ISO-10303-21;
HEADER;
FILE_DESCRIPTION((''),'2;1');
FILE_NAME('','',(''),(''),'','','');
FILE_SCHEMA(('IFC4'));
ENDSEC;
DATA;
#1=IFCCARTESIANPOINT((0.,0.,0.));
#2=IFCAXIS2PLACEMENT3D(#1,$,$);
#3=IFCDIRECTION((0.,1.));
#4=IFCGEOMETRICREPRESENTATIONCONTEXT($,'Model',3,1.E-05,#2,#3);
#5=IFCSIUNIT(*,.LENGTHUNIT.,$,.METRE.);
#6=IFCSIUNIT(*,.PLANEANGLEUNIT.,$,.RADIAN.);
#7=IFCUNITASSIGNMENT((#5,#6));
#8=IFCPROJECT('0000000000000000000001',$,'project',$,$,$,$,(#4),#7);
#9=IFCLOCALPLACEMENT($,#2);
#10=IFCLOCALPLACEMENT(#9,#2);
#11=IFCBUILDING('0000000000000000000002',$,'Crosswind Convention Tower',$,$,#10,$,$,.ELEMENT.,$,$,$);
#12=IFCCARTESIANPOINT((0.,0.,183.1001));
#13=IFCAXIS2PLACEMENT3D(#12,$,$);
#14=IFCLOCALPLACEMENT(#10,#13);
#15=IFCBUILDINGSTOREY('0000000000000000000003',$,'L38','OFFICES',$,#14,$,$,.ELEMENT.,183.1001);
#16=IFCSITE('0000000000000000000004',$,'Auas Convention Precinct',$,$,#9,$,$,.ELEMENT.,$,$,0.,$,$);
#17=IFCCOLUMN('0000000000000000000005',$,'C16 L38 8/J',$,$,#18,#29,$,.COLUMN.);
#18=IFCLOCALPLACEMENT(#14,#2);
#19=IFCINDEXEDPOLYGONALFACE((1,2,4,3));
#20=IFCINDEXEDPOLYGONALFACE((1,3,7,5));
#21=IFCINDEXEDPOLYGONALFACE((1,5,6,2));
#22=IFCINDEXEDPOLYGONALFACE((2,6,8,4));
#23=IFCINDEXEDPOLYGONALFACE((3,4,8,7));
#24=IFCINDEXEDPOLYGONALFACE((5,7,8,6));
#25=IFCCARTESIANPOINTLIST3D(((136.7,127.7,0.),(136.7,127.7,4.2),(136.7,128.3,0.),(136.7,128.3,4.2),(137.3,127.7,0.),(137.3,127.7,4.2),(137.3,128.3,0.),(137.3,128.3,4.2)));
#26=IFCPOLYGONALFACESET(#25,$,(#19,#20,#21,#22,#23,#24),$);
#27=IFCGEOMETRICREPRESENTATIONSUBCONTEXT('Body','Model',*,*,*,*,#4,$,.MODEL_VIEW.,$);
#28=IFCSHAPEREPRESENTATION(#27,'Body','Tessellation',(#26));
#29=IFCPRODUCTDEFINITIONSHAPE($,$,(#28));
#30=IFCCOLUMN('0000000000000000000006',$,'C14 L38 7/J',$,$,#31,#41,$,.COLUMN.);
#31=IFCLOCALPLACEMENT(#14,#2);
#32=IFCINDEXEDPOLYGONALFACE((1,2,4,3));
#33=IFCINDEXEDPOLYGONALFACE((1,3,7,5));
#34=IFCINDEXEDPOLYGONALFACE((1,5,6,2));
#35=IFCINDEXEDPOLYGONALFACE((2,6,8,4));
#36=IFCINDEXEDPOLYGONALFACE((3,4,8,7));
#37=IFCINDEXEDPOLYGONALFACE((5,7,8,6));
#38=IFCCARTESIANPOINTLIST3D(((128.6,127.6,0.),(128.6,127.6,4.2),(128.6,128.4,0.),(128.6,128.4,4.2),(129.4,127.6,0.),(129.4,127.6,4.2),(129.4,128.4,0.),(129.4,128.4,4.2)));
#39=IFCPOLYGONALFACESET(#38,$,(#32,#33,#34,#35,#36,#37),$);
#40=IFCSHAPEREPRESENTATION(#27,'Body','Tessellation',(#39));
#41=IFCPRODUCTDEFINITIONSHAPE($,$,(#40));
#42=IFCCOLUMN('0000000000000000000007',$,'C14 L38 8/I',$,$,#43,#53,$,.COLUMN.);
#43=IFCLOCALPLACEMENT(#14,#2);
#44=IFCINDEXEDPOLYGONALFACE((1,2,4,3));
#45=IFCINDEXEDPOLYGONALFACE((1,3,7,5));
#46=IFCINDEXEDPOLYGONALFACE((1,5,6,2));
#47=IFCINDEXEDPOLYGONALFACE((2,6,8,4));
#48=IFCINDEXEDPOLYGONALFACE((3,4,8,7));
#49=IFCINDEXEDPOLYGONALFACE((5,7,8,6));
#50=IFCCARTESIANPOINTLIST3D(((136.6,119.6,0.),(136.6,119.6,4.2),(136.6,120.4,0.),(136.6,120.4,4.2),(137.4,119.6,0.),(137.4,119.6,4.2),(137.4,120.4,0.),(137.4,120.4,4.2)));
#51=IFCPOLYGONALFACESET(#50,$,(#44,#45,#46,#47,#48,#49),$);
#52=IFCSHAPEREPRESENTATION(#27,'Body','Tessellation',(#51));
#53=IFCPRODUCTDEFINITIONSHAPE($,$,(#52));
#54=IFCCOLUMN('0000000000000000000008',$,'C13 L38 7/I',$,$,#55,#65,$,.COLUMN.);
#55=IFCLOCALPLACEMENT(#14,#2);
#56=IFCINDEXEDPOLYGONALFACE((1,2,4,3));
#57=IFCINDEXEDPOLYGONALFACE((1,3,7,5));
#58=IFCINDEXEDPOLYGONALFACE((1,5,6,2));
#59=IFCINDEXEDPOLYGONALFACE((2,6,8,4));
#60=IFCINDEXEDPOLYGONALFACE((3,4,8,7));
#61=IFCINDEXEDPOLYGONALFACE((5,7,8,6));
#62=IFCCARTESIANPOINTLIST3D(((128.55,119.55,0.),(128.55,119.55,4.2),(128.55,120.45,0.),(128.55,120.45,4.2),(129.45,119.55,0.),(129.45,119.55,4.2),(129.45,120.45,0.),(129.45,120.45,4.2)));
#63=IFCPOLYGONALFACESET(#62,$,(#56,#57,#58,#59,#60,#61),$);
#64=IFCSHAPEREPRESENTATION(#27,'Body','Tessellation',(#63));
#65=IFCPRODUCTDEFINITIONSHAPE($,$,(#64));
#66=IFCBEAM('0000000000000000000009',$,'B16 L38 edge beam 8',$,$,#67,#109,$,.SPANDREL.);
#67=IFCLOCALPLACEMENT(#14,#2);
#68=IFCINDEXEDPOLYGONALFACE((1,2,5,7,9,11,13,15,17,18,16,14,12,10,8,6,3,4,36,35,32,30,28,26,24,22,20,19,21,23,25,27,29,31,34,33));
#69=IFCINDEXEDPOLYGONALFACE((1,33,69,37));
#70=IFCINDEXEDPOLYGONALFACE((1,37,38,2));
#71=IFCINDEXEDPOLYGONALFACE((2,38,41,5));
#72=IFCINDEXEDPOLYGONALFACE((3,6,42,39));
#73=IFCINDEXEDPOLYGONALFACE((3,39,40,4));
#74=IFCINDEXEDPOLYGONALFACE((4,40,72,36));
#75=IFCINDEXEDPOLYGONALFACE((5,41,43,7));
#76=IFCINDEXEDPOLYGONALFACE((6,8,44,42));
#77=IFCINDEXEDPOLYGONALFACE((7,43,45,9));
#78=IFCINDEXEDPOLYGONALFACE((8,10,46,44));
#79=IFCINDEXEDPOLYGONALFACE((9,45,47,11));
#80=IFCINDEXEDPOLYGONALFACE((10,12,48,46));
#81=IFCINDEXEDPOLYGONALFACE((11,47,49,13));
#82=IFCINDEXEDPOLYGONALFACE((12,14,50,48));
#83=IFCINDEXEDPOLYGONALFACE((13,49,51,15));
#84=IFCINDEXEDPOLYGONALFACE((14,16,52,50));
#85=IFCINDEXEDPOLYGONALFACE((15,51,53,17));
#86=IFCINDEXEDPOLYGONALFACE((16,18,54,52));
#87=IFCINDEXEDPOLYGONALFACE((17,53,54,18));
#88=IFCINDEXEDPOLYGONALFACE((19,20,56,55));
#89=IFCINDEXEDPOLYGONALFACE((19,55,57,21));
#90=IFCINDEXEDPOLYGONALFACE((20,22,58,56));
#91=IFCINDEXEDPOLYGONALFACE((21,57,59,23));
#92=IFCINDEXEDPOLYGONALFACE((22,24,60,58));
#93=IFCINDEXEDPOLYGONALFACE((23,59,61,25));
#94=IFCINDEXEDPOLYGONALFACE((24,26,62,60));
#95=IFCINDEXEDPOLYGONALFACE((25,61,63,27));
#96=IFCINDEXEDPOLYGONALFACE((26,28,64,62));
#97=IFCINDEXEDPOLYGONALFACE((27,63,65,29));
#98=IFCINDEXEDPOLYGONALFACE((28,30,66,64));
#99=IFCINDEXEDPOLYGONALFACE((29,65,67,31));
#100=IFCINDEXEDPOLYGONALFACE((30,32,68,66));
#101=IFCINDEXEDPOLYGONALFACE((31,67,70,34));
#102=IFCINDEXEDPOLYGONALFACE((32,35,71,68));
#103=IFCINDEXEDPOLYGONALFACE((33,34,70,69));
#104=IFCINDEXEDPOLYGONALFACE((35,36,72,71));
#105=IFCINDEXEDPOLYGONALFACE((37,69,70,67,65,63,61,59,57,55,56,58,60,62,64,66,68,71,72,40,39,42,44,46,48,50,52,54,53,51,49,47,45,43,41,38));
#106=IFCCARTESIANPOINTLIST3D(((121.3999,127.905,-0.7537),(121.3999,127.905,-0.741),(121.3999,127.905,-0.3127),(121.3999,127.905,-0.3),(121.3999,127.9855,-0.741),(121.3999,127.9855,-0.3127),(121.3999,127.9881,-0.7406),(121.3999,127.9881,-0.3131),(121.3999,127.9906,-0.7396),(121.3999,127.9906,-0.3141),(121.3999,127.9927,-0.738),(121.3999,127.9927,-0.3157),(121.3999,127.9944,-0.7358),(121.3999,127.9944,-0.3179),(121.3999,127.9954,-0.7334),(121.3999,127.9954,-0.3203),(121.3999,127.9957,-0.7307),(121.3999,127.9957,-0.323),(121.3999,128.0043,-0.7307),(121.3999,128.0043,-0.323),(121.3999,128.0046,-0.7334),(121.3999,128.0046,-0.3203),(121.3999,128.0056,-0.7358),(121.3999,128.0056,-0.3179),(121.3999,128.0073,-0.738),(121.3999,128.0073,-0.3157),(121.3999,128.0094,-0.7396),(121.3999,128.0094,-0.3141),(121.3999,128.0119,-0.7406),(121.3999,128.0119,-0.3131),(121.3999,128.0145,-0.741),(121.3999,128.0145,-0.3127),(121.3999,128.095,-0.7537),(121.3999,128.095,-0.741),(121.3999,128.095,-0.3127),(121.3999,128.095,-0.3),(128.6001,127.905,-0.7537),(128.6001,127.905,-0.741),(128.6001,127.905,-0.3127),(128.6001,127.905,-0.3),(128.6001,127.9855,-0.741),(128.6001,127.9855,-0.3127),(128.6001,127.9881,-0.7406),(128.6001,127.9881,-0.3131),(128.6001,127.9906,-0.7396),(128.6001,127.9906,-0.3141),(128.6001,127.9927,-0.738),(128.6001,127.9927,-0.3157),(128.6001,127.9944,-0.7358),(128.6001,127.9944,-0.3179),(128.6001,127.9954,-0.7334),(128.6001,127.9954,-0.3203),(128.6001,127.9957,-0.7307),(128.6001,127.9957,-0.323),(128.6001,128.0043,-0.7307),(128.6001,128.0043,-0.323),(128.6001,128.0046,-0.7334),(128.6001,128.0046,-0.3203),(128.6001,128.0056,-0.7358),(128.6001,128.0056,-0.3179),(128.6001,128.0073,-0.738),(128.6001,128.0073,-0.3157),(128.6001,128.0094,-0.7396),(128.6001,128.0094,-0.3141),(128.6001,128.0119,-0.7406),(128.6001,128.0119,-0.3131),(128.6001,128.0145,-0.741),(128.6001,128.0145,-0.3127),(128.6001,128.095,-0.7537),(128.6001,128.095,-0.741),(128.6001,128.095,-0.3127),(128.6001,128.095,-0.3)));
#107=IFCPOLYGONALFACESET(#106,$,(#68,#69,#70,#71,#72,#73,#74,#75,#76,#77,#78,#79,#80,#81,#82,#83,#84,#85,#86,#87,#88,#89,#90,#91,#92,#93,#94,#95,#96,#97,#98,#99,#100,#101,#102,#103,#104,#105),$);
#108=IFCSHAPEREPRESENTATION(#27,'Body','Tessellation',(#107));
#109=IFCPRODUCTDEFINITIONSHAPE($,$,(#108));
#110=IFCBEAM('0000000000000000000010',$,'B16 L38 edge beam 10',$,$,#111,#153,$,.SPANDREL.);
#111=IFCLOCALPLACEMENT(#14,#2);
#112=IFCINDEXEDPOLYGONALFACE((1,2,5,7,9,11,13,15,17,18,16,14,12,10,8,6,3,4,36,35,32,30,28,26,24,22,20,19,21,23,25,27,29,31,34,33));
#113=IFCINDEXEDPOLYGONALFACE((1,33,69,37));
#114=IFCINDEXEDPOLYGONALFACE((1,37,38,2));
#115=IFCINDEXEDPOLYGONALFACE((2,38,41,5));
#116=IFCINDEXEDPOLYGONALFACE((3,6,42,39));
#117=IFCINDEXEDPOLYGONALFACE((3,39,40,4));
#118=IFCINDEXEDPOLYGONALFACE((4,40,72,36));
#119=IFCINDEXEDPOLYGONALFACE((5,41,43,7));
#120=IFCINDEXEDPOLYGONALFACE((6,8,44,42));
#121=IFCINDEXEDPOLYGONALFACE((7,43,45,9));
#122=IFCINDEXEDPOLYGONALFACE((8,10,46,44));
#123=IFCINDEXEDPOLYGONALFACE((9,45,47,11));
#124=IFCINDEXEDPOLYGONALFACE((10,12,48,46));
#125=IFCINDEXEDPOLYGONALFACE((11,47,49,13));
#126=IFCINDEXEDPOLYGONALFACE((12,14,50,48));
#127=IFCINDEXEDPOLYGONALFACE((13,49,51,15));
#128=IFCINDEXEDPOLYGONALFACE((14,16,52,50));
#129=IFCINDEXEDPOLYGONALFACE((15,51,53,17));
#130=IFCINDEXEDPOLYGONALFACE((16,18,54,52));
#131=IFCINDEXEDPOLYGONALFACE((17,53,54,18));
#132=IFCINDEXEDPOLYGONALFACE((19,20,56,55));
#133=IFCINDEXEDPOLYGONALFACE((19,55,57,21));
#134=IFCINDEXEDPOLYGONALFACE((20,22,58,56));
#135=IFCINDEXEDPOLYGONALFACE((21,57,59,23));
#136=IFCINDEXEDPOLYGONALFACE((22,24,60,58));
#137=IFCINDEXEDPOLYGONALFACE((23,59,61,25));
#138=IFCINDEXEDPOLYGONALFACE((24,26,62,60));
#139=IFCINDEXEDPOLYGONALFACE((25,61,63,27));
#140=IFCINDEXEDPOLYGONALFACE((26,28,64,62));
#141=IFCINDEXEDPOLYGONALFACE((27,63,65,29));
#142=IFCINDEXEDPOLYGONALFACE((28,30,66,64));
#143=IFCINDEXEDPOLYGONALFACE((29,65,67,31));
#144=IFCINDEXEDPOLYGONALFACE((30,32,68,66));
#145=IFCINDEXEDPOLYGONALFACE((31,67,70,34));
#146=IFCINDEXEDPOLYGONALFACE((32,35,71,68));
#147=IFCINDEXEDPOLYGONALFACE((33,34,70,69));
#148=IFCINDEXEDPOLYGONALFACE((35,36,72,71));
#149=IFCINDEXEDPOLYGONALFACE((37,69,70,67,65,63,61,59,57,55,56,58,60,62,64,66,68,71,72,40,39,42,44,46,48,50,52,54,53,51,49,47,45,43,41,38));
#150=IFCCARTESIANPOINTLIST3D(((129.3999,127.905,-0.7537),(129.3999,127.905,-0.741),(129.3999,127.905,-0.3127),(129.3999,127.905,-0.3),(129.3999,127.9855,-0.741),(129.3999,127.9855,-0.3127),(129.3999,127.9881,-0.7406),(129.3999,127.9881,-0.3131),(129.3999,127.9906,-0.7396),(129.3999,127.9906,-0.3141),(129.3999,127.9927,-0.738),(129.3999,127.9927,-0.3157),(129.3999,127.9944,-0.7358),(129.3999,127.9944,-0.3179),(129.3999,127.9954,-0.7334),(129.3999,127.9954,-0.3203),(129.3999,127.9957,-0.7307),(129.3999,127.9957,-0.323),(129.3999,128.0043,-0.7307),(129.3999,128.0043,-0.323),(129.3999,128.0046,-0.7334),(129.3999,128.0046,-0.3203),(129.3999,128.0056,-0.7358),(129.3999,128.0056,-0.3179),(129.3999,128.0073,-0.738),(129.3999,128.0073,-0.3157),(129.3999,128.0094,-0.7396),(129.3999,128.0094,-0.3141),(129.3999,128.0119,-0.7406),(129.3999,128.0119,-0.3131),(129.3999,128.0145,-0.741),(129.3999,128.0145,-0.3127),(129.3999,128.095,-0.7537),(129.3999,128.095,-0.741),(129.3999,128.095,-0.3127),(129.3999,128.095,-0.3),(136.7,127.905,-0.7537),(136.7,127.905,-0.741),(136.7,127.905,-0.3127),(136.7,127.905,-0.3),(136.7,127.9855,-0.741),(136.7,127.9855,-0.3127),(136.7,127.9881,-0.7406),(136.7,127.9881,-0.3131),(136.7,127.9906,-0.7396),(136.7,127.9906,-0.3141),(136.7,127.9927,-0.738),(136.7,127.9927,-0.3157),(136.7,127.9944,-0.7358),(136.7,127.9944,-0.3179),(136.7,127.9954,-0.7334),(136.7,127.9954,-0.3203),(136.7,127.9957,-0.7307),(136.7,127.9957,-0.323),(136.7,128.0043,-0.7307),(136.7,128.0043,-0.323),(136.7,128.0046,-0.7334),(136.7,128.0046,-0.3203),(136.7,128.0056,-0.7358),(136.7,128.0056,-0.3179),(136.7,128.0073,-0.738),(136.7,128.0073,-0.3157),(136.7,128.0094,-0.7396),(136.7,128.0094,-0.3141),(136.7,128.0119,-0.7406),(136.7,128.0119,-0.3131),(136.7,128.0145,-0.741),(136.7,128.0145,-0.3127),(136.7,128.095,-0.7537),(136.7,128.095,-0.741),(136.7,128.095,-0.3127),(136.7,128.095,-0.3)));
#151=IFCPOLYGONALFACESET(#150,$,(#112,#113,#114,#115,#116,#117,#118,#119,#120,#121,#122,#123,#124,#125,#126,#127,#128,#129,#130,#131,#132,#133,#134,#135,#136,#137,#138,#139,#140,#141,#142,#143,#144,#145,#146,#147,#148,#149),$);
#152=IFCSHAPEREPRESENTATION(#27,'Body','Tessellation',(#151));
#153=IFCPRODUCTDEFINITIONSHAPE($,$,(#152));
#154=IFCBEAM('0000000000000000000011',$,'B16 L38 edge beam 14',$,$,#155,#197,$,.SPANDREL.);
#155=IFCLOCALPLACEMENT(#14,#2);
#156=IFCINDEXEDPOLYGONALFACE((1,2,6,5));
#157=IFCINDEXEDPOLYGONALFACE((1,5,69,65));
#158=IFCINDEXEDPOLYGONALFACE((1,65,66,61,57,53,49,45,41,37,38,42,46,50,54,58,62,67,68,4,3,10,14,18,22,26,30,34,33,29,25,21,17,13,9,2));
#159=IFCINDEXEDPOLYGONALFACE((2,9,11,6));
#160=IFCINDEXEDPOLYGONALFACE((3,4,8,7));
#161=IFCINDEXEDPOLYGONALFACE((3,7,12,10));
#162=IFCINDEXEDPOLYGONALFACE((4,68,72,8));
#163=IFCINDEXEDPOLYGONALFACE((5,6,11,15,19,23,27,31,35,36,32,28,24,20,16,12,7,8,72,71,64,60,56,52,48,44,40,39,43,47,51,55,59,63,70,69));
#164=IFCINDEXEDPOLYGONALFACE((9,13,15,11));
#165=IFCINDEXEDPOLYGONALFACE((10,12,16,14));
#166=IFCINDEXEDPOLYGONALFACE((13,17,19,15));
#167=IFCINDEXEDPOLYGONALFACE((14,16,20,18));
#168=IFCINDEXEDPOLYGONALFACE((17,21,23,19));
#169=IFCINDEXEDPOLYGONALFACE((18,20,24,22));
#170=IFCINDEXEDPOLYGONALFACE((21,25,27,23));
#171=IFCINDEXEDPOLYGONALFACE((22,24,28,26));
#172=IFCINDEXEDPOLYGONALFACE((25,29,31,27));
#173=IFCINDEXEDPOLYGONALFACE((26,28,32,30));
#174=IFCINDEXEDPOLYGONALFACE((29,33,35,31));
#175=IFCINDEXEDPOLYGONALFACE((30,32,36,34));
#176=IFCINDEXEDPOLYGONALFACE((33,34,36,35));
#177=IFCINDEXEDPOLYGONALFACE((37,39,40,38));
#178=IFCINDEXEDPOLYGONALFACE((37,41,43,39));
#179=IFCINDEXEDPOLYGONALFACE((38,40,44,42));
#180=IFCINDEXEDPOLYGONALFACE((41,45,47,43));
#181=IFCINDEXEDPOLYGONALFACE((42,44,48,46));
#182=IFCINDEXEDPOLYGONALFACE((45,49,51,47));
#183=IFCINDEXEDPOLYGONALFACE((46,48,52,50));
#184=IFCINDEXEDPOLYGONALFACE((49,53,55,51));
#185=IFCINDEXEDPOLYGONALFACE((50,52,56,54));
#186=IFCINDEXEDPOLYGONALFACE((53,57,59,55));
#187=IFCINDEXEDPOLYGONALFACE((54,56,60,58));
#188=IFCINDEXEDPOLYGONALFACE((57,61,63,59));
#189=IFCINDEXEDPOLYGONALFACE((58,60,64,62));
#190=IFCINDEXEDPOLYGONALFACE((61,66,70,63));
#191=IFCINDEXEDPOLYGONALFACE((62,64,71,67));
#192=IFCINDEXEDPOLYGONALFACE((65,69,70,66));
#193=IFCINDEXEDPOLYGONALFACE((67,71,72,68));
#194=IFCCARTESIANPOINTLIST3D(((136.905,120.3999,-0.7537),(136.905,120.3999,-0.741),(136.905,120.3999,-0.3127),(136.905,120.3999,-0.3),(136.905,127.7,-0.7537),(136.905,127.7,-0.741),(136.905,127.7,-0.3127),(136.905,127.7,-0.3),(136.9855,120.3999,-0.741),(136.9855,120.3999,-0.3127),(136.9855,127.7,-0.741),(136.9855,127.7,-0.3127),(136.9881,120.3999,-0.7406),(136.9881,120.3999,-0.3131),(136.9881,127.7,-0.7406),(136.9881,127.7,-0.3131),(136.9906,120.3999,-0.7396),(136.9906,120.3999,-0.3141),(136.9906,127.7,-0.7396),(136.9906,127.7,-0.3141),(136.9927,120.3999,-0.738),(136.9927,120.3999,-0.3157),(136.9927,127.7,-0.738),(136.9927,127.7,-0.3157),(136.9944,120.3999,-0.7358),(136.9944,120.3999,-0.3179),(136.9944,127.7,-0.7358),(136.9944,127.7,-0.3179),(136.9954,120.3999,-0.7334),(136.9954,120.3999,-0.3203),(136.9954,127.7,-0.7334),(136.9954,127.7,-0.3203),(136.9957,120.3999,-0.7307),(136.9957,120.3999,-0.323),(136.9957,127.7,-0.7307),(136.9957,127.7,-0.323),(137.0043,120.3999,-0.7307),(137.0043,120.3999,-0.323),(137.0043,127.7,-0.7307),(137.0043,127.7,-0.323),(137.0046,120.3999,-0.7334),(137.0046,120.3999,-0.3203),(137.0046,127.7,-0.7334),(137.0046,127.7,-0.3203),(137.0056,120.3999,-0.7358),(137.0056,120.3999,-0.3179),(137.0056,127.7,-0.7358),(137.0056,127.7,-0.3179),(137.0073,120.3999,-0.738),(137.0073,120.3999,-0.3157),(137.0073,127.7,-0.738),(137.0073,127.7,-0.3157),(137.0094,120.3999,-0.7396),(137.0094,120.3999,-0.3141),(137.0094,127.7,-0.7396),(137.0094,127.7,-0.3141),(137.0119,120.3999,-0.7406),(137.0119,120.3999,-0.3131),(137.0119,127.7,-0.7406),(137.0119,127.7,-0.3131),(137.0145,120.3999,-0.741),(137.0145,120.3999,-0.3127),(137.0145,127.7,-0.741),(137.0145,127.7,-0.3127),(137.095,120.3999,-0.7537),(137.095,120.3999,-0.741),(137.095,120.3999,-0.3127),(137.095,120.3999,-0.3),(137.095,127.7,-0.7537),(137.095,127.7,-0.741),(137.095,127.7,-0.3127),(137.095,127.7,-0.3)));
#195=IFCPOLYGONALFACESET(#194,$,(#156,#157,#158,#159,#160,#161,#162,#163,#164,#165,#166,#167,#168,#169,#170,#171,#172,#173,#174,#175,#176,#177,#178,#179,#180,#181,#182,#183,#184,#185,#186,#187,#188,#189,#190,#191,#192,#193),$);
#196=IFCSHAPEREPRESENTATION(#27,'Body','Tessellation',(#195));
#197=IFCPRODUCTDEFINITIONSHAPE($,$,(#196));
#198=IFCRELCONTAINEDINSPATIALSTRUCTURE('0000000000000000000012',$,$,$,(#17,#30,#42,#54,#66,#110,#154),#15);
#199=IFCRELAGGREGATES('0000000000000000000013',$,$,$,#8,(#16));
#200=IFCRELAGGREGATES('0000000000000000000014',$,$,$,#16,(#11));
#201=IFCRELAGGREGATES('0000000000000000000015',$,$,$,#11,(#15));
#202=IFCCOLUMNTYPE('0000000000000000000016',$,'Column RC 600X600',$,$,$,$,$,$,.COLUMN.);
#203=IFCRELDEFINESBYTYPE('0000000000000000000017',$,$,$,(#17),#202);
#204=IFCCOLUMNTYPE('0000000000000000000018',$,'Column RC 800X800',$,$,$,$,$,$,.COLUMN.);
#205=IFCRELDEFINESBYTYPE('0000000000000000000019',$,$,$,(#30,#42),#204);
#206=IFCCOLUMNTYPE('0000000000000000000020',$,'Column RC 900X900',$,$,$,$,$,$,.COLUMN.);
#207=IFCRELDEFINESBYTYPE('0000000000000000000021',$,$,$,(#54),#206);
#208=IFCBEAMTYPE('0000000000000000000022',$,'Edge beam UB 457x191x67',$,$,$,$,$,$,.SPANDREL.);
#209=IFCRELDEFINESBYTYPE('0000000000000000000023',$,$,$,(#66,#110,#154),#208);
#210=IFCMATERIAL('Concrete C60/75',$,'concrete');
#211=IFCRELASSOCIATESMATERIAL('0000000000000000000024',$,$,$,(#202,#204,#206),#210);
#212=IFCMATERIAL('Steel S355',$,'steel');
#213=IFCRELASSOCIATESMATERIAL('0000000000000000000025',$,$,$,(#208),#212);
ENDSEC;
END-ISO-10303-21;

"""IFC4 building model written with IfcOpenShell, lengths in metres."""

from ifc_helpers import new_model, si_unit, direction, frame, origin, origin_2d, place, context, subcontext, project, spatial, rectangle, i_section, extrude, material, material_profile, profile_set, type_object, element, save


model = new_model("IFC4")

# Units and contexts
model_context = context("Model", 3, precision=1e-05, world=origin(), true_north=direction((0.0, 1.0)))
body_context = subcontext(model_context, "Body", "Model", "MODEL_VIEW")
ifc_project = project(units=[si_unit("LENGTHUNIT", "METRE"), si_unit("PLANEANGLEUNIT", "RADIAN")], contexts=[model_context])

# Site, building, storey
site_placement = place(None, origin())
site = spatial("IfcSite", under=ifc_project, at=site_placement, Name="Auas Convention Precinct", CompositionType="ELEMENT", RefElevation=0.0)
building_placement = place(site_placement, origin())
building = spatial("IfcBuilding", under=site, at=building_placement, Name="Crosswind Convention Tower", CompositionType="ELEMENT")
storey_placement = place(building_placement, frame((0.0, 0.0, 183.1001)))
storey = spatial("IfcBuildingStorey", under=building, at=storey_placement, Name="L38", Description="OFFICES", CompositionType="ELEMENT", Elevation=183.1001)

# Columns
ifc_material_1 = material(Name="Concrete C60/75", Category="concrete")
ifc_material_profile_1 = material_profile(ifc_material_1, rectangle(XDim=0.6001, YDim=0.6001, at=origin_2d()), Name="RC 600X600")
ifc_profile_set_1 = profile_set([ifc_material_profile_1], Name="Concrete C60/75")
column_type_1 = type_object("IfcColumnType", Name="Column RC 600X600", PredefinedType="COLUMN", material=ifc_profile_set_1)
column_1_placement = place(storey_placement, frame((137.0, 128.0, 0.0), z_axis=(0.0, 0.0, 1.0), x_axis=(1.0, 0.0, 0.0)))
element("IfcColumn", 1, at=column_1_placement, inside=storey, type_object=column_type_1, Name="C16 L38 8/J", PredefinedType="COLUMN", context=body_context, shape_type="SweptSolid", body=[
    extrude(rectangle(XDim=0.6001, YDim=0.6001, at=origin_2d()), origin(), (0.0, 0.0, 1.0), 4.2),
])
ifc_material_profile_2 = material_profile(ifc_material_1, rectangle(XDim=0.8, YDim=0.8, at=origin_2d()), Name="RC 800X800")
ifc_profile_set_2 = profile_set([ifc_material_profile_2], Name="Concrete C60/75")
column_type_2 = type_object("IfcColumnType", Name="Column RC 800X800", PredefinedType="COLUMN", material=ifc_profile_set_2)
for number, where, z_axis, x_axis, name in (
    (2, (129.0, 128.0, 0.0), (0.0, 0.0, 1.0), (1.0, 0.0, 0.0), "C14 L38 7/J"),
    (3, (137.0, 120.0, 0.0), (0.0, 0.0, 1.0), (1.0, 0.0, 0.0), "C14 L38 8/I"),
):
    element("IfcColumn", number, at=place(storey_placement, frame(where, z_axis=z_axis, x_axis=x_axis)), inside=storey, type_object=column_type_2, Name=name, PredefinedType="COLUMN", context=body_context, shape_type="SweptSolid", body=[
        extrude(rectangle(XDim=0.8, YDim=0.8, at=origin_2d()), origin(), (0.0, 0.0, 1.0), 4.2),
    ])
ifc_material_profile_3 = material_profile(ifc_material_1, rectangle(XDim=0.8999, YDim=0.8999, at=origin_2d()), Name="RC 900X900")
ifc_profile_set_3 = profile_set([ifc_material_profile_3], Name="Concrete C60/75")
column_type_3 = type_object("IfcColumnType", Name="Column RC 900X900", PredefinedType="COLUMN", material=ifc_profile_set_3)
column_2_placement = place(storey_placement, frame((129.0, 120.0, 0.0), z_axis=(0.0, 0.0, 1.0), x_axis=(1.0, 0.0, 0.0)))
element("IfcColumn", 4, at=column_2_placement, inside=storey, type_object=column_type_3, Name="C13 L38 7/I", PredefinedType="COLUMN", context=body_context, shape_type="SweptSolid", body=[
    extrude(rectangle(XDim=0.8999, YDim=0.8999, at=origin_2d()), origin(), (0.0, 0.0, 1.0), 4.2),
])

# Beams
ifc_material_2 = material(Name="Steel S355", Category="steel")
ifc_material_profile_4 = material_profile(ifc_material_2, i_section(OverallWidth=0.1899, OverallDepth=0.4536, WebThickness=0.0085, FlangeThickness=0.0127, FilletRadius=0.0103, at=origin_2d()), Name="UB 457x191x67")
ifc_profile_set_4 = profile_set([ifc_material_profile_4], Name="Steel S355")
beam_type_1 = type_object("IfcBeamType", Name="Edge beam UB 457x191x67", PredefinedType="SPANDREL", material=ifc_profile_set_4)
beam_placement = place(storey_placement, frame((121.3999, 128.0, -0.5269), z_axis=(1.0, 0.0, 0.0), x_axis=(0.0, 1.0, 0.0)))
element("IfcBeam", 5, at=beam_placement, inside=storey, type_object=beam_type_1, Name="B16 L38 edge beam 8", PredefinedType="SPANDREL", context=body_context, shape_type="SweptSolid", body=[
    extrude(i_section(OverallWidth=0.1899, OverallDepth=0.4536, WebThickness=0.0085, FlangeThickness=0.0127, FilletRadius=0.0103, at=origin_2d()), origin(), (0.0, 0.0, 1.0), 7.2002),
])
for number, where, z_axis, x_axis, name in (
    (6, (129.3999, 128.0, -0.5269), (1.0, 0.0, 0.0), (0.0, 1.0, 0.0), "B16 L38 edge beam 10"),
    (7, (137.0, 120.3999, -0.5269), (0.0, 1.0, 0.0), (-1.0, 0.0, 0.0), "B16 L38 edge beam 14"),
):
    element("IfcBeam", number, at=place(storey_placement, frame(where, z_axis=z_axis, x_axis=x_axis)), inside=storey, type_object=beam_type_1, Name=name, PredefinedType="SPANDREL", context=body_context, shape_type="SweptSolid", body=[
        extrude(i_section(OverallWidth=0.1899, OverallDepth=0.4536, WebThickness=0.0085, FlangeThickness=0.0127, FilletRadius=0.0103, at=origin_2d()), origin(), (0.0, 0.0, 1.0), 7.3),
    ])

save(model, "model.ifc")
